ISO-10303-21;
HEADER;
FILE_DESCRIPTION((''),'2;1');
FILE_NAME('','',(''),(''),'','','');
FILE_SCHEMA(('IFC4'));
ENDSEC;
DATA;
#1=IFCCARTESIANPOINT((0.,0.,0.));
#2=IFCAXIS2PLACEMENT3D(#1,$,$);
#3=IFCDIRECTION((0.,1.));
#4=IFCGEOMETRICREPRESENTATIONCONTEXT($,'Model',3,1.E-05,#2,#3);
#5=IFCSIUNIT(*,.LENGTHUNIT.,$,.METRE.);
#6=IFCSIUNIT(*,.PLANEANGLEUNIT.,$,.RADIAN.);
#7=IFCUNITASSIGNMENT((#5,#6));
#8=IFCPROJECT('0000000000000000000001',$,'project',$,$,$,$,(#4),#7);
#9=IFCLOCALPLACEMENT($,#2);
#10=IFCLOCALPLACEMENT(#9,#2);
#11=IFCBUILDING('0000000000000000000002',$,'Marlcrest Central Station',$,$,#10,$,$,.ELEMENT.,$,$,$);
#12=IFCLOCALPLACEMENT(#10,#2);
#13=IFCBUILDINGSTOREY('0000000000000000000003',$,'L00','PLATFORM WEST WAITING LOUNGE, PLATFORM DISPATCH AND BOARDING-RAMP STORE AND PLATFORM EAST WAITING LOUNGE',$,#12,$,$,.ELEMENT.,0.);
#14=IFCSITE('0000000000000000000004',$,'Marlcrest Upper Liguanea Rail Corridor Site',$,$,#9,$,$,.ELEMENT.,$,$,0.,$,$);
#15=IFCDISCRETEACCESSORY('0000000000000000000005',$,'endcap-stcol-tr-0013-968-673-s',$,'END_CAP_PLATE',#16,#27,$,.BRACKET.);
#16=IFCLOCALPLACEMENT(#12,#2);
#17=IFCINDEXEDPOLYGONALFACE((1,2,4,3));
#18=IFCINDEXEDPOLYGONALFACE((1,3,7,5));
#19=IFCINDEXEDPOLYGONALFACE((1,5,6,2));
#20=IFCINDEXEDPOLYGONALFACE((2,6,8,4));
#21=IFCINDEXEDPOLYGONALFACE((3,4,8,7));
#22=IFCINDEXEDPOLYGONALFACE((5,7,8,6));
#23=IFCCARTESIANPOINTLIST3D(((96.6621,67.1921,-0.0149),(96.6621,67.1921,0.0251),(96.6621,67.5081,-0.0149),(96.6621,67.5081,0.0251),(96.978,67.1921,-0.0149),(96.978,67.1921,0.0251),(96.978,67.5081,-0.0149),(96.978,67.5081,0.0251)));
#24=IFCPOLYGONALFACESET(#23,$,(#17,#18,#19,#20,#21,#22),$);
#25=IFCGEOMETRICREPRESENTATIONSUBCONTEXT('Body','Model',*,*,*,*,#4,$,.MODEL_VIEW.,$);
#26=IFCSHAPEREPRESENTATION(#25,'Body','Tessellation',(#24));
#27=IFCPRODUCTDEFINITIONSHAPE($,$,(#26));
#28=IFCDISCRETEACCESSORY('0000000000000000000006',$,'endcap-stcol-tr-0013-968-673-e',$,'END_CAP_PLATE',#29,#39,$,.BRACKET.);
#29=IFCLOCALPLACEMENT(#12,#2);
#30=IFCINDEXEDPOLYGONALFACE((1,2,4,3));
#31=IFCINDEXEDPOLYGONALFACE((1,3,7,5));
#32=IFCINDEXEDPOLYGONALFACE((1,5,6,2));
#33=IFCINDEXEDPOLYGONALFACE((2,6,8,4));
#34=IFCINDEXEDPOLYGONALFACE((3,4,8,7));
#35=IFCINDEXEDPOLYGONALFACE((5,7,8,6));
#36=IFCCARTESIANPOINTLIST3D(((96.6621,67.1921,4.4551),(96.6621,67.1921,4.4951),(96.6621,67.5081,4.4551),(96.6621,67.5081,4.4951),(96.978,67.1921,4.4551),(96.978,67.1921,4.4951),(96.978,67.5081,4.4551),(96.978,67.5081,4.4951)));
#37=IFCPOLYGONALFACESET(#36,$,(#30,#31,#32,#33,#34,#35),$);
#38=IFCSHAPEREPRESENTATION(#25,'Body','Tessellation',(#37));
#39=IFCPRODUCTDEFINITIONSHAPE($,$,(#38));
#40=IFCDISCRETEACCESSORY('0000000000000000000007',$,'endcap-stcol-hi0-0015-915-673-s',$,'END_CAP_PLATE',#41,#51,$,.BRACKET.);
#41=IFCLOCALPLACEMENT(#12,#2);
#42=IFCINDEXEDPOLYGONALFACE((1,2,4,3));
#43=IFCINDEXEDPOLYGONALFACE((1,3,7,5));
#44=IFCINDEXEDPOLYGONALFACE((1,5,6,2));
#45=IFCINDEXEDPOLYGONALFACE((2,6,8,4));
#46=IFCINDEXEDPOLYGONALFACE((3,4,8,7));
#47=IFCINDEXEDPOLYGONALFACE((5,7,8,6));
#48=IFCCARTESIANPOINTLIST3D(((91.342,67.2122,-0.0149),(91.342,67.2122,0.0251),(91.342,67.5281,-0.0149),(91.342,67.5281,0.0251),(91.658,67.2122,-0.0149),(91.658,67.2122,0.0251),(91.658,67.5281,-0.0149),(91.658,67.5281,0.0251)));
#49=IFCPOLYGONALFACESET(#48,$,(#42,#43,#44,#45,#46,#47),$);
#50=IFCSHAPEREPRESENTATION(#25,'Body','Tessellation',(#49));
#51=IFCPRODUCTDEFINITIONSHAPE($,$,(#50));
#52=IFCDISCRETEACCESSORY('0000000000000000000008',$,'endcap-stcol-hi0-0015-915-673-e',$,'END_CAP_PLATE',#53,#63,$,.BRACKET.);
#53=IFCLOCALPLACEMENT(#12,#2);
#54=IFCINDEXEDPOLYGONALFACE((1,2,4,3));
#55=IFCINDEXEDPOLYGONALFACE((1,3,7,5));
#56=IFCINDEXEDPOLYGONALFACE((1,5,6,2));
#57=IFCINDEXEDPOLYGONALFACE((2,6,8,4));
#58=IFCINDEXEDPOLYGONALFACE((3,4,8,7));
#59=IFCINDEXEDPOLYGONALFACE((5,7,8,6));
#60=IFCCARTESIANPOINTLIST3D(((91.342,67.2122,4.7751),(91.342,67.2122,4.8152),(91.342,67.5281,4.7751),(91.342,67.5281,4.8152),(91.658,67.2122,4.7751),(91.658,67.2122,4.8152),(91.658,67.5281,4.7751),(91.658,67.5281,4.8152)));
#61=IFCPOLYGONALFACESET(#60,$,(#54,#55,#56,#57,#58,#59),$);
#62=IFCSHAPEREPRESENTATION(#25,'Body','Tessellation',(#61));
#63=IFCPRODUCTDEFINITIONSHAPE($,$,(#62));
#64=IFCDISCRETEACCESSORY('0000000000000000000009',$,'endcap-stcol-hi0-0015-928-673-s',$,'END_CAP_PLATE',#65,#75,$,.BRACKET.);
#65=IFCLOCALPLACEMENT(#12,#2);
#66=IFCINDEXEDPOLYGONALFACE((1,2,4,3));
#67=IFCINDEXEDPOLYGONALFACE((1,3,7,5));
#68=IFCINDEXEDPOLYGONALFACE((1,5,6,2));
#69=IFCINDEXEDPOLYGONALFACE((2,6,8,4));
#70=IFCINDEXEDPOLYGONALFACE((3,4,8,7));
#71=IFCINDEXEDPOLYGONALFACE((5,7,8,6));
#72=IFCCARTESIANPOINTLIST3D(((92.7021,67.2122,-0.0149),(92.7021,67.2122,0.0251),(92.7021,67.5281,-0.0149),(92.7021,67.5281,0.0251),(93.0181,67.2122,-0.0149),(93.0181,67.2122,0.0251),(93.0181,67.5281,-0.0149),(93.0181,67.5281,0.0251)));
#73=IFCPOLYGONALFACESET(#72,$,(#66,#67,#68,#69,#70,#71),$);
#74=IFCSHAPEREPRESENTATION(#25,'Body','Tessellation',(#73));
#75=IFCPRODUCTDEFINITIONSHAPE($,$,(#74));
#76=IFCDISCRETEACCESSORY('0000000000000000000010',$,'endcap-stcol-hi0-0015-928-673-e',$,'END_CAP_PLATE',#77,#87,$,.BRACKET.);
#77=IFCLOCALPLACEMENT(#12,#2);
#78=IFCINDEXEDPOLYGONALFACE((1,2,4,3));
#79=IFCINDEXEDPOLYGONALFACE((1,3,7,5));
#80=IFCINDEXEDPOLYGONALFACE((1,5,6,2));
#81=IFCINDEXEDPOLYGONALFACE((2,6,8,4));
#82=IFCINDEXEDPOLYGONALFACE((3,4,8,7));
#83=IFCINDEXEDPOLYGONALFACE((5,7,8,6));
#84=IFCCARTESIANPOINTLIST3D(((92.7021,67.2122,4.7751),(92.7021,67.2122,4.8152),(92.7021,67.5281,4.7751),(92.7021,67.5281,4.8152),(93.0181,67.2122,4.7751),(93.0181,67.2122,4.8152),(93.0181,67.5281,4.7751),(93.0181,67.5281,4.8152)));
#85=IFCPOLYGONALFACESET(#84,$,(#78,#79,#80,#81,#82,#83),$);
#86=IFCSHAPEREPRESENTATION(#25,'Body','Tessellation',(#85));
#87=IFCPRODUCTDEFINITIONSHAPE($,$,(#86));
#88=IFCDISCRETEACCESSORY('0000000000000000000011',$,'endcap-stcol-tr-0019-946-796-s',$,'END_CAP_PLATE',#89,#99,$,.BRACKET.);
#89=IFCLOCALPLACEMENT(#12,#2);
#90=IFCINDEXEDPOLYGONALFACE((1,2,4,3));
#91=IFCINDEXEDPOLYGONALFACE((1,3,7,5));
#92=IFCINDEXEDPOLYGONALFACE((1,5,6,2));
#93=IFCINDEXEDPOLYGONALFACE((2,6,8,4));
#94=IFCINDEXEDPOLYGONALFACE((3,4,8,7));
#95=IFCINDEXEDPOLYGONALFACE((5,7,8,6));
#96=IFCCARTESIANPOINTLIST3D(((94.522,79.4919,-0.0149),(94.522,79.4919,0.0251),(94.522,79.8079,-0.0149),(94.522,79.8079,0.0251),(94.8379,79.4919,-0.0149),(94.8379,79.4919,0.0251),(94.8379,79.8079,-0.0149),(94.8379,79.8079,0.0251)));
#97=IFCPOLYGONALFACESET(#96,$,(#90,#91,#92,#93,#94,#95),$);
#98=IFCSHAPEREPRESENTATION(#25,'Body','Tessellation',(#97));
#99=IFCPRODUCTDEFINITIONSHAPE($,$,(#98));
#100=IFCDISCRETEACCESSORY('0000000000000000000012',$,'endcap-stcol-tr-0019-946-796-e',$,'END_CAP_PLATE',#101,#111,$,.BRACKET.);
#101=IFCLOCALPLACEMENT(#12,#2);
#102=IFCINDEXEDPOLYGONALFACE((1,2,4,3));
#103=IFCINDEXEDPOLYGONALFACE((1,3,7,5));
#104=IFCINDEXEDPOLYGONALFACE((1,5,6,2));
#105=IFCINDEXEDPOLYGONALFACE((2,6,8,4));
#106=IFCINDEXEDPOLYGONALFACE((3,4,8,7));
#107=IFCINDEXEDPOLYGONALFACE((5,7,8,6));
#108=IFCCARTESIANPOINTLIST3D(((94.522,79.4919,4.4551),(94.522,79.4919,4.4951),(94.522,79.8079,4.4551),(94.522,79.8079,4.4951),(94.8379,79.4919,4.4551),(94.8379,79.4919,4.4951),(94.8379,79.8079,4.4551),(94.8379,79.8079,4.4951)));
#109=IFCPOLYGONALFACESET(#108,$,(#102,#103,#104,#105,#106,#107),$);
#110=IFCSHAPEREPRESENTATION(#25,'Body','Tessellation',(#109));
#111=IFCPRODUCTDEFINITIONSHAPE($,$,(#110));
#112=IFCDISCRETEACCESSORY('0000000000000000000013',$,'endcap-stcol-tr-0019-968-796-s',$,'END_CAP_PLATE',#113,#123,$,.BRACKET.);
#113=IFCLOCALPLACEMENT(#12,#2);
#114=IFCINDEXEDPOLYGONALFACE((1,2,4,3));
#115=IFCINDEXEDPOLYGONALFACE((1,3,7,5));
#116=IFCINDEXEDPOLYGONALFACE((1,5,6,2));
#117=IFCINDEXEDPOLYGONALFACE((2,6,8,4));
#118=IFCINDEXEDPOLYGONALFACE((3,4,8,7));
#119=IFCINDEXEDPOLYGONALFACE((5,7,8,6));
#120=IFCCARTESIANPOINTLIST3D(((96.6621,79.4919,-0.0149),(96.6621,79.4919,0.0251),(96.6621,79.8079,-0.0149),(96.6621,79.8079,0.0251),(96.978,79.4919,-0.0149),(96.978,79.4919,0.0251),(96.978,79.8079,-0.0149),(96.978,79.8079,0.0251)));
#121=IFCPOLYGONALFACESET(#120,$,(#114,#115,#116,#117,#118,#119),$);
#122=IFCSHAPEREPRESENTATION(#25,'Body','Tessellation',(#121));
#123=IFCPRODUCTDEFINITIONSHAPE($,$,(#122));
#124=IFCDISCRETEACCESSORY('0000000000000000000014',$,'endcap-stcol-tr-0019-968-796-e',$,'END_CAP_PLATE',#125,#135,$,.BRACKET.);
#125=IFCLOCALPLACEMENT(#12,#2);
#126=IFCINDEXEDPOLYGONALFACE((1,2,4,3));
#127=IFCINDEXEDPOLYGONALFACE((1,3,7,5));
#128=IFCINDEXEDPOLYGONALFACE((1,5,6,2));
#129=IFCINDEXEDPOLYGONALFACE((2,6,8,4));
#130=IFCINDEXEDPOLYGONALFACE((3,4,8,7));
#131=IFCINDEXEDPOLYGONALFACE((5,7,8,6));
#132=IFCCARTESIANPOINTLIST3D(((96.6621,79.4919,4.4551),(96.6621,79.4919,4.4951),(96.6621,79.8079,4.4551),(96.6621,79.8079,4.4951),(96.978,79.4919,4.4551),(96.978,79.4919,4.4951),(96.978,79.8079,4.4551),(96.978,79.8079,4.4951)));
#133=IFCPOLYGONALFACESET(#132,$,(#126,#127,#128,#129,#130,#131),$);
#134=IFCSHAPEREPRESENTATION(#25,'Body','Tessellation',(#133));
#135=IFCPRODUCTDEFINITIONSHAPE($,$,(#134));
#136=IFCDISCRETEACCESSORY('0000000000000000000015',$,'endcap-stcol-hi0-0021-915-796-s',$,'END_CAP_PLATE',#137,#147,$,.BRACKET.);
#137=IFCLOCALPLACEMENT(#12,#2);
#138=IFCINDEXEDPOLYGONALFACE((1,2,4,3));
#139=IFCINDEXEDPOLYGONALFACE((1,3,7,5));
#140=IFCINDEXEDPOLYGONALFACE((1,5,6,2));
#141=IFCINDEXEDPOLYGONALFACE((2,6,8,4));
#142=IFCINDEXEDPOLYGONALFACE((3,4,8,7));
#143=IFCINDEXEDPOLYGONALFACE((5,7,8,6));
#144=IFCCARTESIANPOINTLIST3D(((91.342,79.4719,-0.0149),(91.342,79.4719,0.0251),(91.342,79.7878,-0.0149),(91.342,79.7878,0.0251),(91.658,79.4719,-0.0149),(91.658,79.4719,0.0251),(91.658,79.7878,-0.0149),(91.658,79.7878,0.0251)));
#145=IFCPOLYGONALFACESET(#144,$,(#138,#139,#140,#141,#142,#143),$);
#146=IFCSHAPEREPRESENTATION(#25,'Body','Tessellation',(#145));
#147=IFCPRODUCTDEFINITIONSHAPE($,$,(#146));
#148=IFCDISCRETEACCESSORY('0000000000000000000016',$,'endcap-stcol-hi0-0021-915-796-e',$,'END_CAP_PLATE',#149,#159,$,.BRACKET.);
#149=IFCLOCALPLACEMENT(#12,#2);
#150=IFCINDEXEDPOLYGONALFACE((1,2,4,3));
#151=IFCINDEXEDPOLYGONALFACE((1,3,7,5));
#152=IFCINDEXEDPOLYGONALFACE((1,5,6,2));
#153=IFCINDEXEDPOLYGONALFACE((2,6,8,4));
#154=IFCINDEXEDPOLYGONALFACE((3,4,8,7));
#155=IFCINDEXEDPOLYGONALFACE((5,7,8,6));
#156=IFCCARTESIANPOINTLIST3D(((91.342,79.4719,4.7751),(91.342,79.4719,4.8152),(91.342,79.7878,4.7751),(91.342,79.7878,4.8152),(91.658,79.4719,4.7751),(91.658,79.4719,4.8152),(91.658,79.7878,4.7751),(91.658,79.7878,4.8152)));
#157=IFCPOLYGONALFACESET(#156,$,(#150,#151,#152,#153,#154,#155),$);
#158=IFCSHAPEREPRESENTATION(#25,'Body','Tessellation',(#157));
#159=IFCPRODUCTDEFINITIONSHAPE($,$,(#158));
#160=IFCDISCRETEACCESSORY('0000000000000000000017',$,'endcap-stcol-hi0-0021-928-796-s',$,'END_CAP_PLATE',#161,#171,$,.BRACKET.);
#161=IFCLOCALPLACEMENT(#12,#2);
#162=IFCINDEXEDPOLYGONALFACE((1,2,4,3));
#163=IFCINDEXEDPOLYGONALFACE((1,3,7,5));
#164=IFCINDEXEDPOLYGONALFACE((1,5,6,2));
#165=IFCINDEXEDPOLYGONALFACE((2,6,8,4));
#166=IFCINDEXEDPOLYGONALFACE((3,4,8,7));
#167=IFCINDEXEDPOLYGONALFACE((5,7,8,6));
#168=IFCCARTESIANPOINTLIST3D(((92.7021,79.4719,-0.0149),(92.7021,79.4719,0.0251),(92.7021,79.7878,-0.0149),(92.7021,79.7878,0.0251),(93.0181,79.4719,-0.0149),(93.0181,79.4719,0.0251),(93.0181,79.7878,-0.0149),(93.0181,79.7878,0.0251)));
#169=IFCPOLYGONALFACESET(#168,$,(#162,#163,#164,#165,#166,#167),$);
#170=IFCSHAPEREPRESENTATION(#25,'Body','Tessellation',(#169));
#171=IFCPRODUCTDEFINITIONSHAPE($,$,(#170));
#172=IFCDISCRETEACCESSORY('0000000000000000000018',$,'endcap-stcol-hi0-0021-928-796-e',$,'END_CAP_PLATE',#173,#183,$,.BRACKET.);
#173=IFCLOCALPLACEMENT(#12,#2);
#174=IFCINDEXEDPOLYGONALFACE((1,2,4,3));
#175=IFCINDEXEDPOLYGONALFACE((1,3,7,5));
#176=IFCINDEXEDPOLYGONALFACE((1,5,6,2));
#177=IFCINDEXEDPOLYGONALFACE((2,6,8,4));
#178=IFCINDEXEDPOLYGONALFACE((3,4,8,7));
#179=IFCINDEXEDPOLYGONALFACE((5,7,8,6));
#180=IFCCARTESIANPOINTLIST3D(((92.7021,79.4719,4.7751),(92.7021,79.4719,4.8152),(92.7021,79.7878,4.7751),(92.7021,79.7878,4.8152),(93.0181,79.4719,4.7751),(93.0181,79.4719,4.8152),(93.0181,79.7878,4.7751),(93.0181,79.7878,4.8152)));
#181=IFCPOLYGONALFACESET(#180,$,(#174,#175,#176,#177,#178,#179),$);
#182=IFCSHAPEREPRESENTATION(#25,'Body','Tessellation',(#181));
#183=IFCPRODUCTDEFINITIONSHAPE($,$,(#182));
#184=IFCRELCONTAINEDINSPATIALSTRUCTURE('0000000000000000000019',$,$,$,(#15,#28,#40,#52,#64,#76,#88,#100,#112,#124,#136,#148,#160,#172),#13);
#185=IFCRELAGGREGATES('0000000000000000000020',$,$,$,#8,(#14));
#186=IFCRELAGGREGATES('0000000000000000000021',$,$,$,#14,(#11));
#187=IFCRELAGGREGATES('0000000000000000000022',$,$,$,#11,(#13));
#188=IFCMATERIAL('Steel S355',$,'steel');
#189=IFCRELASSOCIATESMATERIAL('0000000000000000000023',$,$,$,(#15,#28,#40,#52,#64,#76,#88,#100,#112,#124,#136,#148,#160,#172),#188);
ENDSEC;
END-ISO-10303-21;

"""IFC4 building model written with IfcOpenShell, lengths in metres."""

from ifc_helpers import new_model, si_unit, direction, frame, origin, origin_2d, place, context, subcontext, project, spatial, rectangle, extrude, material, element, save


model = new_model("IFC4")

# Units and contexts
model_context = context("Model", 3, precision=1e-05, world=origin(), true_north=direction((0.0, 1.0)))
body_context = subcontext(model_context, "Body", "Model", "MODEL_VIEW")
ifc_project = project(units=[si_unit("LENGTHUNIT", "METRE"), si_unit("PLANEANGLEUNIT", "RADIAN")], contexts=[model_context])

# Site, building, storey
site_placement = place(None, origin())
site = spatial("IfcSite", under=ifc_project, at=site_placement, Name="Marlcrest Upper Liguanea Rail Corridor Site", CompositionType="ELEMENT", RefElevation=0.0)
building_placement = place(site_placement, origin())
building = spatial("IfcBuilding", under=site, at=building_placement, Name="Marlcrest Central Station", CompositionType="ELEMENT")
storey_placement = place(building_placement, origin())
storey = spatial("IfcBuildingStorey", under=building, at=storey_placement, Name="L00", Description="PLATFORM WEST WAITING LOUNGE, PLATFORM DISPATCH AND BOARDING-RAMP STORE AND PLATFORM EAST WAITING LOUNGE", CompositionType="ELEMENT", Elevation=0.0)

# Shared definitions
ifc_material_1 = material(Name="Steel S355", Category="steel")

# Discrete accessories
for number, where, z_axis, x_axis, name in (
    (1, (96.8201, 67.3501, -0.0149), (0.0, 0.0, 1.0), (1.0, 0.0, 0.0), "endcap-stcol-tr-0013-968-673-s"),
    (2, (96.8201, 67.3501, 4.4551), (0.0, 0.0, 1.0), (1.0, 0.0, 0.0), "endcap-stcol-tr-0013-968-673-e"),
    (3, (91.5, 67.3701, -0.0149), (0.0, 0.0, 1.0), (1.0, 0.0, 0.0), "endcap-stcol-hi0-0015-915-673-s"),
    (4, (91.5, 67.3701, 4.7751), (0.0, 0.0, 1.0), (1.0, 0.0, 0.0), "endcap-stcol-hi0-0015-915-673-e"),
    (5, (92.8601, 67.3701, -0.0149), (0.0, 0.0, 1.0), (1.0, 0.0, 0.0), "endcap-stcol-hi0-0015-928-673-s"),
    (6, (92.8601, 67.3701, 4.7751), (0.0, 0.0, 1.0), (1.0, 0.0, 0.0), "endcap-stcol-hi0-0015-928-673-e"),
    (7, (94.6799, 79.6499, -0.0149), (0.0, 0.0, 1.0), (1.0, 0.0, 0.0), "endcap-stcol-tr-0019-946-796-s"),
    (8, (94.6799, 79.6499, 4.4551), (0.0, 0.0, 1.0), (1.0, 0.0, 0.0), "endcap-stcol-tr-0019-946-796-e"),
    (9, (96.8201, 79.6499, -0.0149), (0.0, 0.0, 1.0), (1.0, 0.0, 0.0), "endcap-stcol-tr-0019-968-796-s"),
    (10, (96.8201, 79.6499, 4.4551), (0.0, 0.0, 1.0), (1.0, 0.0, 0.0), "endcap-stcol-tr-0019-968-796-e"),
    (11, (91.5, 79.6299, -0.0149), (0.0, 0.0, 1.0), (1.0, 0.0, 0.0), "endcap-stcol-hi0-0021-915-796-s"),
    (12, (91.5, 79.6299, 4.7751), (0.0, 0.0, 1.0), (1.0, 0.0, 0.0), "endcap-stcol-hi0-0021-915-796-e"),
    (13, (92.8601, 79.6299, -0.0149), (0.0, 0.0, 1.0), (1.0, 0.0, 0.0), "endcap-stcol-hi0-0021-928-796-s"),
    (14, (92.8601, 79.6299, 4.7751), (0.0, 0.0, 1.0), (1.0, 0.0, 0.0), "endcap-stcol-hi0-0021-928-796-e"),
):
    element("IfcDiscreteAccessory", number, at=place(storey_placement, frame(where, z_axis=z_axis, x_axis=x_axis)), inside=storey, material=ifc_material_1, Name=name, ObjectType="END_CAP_PLATE", PredefinedType="BRACKET", context=body_context, shape_type="SweptSolid", body=[
        extrude(rectangle(XDim=0.3159, YDim=0.3159, at=origin_2d()), origin(), (0.0, 0.0, 1.0), 0.04),
    ])

save(model, "model.ifc")
